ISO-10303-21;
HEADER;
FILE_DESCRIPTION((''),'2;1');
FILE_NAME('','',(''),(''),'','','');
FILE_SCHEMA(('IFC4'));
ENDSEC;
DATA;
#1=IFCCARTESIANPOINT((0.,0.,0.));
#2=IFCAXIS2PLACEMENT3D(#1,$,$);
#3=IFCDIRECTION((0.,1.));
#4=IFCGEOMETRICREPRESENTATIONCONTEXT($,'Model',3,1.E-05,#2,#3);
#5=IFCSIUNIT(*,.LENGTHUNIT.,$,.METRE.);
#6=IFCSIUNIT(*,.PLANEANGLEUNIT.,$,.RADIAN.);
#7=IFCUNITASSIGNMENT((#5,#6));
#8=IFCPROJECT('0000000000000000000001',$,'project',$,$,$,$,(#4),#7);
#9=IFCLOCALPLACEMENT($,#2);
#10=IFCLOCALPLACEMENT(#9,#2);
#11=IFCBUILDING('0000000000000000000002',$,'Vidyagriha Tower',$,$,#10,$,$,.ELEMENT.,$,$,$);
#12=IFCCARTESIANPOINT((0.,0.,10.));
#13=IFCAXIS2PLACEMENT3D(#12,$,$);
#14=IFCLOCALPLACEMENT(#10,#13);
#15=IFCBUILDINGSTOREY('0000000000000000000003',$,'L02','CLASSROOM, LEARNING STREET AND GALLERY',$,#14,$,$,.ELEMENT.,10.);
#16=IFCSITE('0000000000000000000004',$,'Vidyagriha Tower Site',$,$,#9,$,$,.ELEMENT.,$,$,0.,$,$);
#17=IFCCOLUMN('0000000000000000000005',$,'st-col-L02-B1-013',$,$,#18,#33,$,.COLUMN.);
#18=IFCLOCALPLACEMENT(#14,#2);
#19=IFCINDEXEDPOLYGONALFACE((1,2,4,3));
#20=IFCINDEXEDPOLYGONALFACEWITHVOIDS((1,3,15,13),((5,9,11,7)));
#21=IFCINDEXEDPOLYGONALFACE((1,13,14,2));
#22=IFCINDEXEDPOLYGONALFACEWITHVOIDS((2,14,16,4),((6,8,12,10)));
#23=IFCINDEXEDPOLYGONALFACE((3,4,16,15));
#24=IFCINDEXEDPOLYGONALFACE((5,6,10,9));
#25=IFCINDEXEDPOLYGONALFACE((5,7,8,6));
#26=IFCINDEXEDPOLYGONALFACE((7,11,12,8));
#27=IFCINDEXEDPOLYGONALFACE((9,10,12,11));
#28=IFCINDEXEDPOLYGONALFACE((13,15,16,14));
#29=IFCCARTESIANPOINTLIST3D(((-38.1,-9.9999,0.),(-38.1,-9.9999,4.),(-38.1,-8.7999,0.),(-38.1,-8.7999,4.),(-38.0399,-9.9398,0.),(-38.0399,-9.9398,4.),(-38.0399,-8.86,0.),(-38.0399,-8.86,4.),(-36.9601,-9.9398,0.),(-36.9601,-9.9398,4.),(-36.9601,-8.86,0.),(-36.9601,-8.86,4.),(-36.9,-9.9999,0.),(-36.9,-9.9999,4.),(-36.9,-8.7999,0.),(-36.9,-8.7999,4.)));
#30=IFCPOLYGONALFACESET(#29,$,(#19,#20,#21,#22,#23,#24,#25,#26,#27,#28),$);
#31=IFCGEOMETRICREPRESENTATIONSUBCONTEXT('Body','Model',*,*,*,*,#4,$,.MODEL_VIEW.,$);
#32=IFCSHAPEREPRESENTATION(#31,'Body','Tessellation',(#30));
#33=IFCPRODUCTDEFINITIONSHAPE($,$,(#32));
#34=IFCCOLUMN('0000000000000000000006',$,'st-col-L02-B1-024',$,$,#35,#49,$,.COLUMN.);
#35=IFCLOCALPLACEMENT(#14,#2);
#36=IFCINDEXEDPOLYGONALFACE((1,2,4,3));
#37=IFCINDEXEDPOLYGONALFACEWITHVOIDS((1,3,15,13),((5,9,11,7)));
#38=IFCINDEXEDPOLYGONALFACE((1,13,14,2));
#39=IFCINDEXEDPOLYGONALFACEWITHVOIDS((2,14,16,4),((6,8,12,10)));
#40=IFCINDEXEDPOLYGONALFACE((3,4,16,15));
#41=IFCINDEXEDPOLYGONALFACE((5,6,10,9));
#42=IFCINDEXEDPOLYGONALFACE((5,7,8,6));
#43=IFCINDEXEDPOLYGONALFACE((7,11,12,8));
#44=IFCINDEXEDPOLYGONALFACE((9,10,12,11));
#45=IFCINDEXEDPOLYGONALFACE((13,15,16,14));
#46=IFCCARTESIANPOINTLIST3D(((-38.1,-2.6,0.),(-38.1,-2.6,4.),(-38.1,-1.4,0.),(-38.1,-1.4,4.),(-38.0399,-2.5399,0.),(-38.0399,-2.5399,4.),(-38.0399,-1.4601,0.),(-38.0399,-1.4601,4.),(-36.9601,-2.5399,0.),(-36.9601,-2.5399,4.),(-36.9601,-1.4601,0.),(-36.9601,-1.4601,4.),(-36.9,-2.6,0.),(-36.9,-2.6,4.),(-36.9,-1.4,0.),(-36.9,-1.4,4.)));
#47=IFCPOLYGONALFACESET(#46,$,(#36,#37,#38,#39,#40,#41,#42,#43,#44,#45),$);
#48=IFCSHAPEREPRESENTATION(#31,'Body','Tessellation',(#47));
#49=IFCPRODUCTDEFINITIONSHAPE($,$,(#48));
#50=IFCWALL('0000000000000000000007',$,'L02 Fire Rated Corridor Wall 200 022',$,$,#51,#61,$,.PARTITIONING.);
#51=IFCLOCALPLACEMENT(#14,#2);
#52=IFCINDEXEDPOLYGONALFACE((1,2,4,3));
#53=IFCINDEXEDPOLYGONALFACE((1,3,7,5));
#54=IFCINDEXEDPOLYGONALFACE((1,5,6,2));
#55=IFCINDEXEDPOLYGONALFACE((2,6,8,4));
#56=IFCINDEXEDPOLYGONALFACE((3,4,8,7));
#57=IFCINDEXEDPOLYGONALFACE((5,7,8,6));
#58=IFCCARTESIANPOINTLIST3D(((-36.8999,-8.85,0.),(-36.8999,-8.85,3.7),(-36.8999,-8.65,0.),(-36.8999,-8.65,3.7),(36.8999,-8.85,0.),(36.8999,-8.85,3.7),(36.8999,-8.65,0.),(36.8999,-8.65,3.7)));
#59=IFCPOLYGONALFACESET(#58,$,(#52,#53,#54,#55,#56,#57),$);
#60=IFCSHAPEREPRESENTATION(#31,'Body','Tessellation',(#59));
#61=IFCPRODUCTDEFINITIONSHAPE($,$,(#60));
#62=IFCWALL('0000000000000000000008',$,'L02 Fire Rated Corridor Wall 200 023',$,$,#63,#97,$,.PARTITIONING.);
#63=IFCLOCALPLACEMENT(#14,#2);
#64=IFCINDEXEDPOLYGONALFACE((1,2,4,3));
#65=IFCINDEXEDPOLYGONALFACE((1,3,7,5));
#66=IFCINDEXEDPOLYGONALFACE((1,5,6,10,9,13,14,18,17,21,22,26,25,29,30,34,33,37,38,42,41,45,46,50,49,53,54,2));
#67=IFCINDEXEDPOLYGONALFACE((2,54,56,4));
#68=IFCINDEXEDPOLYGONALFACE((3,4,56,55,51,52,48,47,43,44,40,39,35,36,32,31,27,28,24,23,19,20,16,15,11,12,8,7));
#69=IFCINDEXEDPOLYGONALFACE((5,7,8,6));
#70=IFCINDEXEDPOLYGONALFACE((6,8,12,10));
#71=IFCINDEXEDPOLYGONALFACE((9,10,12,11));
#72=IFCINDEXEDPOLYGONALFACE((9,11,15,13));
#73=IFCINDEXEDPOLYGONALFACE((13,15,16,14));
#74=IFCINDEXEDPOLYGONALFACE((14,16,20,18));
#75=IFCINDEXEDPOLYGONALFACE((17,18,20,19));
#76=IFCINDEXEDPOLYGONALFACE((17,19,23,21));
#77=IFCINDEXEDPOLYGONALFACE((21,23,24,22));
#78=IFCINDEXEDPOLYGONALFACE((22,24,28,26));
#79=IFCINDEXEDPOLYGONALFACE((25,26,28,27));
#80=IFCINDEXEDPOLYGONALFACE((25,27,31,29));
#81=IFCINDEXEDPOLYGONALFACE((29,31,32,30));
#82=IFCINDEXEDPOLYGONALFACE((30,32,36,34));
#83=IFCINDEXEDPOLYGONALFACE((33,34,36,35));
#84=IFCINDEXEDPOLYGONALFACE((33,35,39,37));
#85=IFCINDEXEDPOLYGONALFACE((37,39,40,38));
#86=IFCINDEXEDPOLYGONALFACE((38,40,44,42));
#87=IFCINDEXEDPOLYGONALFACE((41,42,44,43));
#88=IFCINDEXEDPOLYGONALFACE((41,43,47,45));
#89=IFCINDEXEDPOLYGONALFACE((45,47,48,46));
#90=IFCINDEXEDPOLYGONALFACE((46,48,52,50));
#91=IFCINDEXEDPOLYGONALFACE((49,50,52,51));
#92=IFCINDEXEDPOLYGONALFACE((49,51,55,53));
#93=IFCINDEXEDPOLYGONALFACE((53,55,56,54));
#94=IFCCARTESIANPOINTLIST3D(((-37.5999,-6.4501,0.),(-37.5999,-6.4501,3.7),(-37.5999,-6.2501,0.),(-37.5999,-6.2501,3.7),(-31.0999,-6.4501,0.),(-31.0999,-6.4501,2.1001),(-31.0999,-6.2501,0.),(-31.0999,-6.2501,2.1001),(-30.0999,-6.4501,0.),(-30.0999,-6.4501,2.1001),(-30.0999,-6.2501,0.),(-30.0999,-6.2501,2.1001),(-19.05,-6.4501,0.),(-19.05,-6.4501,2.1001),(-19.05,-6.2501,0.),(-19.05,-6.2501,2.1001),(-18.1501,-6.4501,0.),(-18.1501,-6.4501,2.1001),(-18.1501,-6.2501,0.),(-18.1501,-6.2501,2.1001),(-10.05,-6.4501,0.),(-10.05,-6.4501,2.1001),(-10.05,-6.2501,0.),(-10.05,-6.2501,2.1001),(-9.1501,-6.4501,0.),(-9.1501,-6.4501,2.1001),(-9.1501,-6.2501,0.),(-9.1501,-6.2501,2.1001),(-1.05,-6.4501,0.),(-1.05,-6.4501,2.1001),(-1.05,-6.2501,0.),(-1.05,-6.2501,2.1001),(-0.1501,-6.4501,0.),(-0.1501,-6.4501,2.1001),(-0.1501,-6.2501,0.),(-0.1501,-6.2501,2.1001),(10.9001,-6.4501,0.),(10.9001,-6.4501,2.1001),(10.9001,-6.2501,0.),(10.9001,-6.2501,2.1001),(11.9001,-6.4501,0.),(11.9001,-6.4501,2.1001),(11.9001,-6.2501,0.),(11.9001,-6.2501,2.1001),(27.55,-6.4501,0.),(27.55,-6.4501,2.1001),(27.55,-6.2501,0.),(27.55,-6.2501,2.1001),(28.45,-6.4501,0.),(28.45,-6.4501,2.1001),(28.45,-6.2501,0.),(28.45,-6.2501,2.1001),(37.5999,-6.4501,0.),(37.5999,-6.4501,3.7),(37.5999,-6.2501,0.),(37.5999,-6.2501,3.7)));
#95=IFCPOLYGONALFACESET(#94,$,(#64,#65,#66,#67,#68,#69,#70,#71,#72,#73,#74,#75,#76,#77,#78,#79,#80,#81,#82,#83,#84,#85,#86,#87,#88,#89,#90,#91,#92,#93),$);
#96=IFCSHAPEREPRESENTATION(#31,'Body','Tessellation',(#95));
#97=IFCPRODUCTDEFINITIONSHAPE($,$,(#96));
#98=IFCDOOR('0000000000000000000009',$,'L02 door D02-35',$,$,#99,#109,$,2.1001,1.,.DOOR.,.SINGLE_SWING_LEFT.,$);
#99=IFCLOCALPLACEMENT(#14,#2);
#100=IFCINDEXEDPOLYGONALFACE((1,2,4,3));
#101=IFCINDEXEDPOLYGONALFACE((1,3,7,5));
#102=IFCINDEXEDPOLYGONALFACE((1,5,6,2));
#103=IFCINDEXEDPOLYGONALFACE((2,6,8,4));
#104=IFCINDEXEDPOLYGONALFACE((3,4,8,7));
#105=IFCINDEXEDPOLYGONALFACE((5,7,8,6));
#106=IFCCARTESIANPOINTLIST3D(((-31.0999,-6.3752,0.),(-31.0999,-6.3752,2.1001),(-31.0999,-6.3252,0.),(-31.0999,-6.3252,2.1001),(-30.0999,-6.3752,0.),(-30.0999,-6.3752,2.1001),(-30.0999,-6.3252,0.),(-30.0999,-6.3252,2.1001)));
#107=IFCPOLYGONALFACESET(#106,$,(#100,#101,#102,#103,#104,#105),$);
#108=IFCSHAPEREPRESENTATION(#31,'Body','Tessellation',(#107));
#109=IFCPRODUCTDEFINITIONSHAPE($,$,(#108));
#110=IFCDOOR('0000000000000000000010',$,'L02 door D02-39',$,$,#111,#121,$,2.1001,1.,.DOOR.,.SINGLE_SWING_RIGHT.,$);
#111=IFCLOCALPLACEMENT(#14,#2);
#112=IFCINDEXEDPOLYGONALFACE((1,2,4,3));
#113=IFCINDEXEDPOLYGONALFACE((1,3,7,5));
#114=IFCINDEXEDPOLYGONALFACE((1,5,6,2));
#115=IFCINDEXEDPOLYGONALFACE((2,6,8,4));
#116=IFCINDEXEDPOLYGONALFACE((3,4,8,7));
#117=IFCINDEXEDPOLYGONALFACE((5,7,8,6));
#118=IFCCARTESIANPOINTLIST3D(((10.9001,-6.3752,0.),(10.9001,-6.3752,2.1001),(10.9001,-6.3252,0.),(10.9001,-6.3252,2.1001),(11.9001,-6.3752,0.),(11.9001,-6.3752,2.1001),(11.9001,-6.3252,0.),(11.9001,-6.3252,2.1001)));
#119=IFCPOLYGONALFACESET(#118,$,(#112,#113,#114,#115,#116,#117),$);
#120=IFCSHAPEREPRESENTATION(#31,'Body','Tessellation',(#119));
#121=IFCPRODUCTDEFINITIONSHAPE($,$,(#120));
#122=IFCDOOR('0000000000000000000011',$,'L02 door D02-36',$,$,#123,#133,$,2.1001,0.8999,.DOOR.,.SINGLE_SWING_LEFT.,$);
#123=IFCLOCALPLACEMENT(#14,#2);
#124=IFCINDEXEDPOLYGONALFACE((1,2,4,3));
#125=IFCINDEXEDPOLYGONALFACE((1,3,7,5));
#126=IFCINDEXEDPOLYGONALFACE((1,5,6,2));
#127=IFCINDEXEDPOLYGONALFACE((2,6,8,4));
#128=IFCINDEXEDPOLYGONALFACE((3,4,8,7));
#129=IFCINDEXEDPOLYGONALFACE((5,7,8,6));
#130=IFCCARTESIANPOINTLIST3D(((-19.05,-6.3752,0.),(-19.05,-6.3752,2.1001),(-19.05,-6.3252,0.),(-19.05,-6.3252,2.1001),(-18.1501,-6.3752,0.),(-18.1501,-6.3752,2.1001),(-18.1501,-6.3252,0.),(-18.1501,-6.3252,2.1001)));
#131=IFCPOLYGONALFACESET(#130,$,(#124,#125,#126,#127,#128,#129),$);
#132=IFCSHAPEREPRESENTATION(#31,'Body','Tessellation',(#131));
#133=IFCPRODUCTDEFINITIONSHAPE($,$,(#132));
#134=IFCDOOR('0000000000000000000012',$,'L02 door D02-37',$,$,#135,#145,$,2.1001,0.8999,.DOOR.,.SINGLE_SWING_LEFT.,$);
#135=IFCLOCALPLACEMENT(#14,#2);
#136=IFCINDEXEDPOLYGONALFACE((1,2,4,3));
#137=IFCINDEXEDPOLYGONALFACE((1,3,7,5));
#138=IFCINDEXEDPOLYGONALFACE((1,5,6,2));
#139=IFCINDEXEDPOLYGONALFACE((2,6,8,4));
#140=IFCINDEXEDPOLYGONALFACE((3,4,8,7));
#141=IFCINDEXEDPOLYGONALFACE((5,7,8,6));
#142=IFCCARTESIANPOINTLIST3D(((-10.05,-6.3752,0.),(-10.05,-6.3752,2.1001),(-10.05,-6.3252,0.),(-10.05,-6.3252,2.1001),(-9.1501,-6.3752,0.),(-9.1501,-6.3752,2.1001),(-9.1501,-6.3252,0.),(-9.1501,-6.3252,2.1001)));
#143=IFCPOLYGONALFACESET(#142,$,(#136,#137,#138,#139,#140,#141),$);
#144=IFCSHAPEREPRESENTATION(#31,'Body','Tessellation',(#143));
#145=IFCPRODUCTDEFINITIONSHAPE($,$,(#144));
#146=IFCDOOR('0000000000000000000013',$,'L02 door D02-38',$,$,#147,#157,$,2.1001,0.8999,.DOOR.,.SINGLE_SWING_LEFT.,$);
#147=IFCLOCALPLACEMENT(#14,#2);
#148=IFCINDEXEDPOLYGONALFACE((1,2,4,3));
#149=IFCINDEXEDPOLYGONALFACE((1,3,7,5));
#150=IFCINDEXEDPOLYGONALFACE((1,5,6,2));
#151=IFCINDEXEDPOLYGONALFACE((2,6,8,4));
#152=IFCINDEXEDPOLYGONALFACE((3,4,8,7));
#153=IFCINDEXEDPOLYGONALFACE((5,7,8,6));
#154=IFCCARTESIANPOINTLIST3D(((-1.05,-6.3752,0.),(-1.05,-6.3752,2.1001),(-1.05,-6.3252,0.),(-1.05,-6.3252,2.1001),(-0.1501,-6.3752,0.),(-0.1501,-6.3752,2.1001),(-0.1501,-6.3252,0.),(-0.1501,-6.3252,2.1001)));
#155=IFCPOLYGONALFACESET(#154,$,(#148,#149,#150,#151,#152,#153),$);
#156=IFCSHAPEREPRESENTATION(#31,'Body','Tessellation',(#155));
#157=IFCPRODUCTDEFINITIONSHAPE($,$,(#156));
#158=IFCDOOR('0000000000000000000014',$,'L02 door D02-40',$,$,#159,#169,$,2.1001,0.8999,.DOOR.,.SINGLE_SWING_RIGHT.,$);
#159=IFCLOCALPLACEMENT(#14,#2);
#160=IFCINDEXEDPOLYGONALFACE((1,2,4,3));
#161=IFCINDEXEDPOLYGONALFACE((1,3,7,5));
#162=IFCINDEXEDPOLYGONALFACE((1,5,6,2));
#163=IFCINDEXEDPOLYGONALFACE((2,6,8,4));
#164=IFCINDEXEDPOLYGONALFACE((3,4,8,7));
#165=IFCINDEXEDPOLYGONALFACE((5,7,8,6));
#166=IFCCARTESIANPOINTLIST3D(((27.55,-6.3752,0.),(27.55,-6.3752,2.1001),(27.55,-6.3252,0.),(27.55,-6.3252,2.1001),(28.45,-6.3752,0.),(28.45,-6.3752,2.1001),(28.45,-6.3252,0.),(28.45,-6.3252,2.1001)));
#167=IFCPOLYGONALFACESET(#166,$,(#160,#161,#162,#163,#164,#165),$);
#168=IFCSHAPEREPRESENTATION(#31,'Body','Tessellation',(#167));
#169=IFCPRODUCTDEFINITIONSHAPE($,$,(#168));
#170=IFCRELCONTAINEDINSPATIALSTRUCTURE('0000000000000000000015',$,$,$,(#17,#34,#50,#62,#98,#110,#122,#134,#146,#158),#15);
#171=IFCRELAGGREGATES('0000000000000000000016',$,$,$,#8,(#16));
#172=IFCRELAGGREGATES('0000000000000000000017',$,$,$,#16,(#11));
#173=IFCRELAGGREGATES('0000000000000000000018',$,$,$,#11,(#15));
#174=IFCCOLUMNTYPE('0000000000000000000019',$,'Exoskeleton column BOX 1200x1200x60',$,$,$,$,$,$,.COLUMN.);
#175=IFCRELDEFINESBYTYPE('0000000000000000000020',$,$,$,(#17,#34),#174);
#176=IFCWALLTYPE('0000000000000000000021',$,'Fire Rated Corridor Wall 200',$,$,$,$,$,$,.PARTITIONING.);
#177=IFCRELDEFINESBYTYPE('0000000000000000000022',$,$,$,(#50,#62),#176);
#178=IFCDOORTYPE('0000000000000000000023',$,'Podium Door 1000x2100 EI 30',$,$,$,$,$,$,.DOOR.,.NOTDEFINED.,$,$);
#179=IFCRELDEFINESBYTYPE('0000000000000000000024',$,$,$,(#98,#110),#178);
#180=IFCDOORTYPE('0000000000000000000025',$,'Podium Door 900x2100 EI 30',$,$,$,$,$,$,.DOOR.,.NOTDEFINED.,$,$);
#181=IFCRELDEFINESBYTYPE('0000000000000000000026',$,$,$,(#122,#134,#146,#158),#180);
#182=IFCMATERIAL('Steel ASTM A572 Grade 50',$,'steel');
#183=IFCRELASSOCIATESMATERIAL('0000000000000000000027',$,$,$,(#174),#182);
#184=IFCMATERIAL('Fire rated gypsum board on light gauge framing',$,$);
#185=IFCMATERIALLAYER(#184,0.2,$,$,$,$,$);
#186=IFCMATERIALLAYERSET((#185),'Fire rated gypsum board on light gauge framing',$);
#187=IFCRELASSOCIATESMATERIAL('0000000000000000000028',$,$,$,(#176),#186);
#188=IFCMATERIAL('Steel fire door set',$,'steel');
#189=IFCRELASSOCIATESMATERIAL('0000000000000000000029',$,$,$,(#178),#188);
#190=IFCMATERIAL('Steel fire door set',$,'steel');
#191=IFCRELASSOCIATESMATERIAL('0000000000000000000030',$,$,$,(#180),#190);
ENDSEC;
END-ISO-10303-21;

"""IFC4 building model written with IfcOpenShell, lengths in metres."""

from ifc_helpers import new_model, si_unit, direction, frame, frame_2d, origin, origin_2d, place, context, subcontext, project, spatial, rectangle, hollow_rectangle, extrude, material, layer, layer_set, material_profile, profile_set, type_object, element, fill, save


model = new_model("IFC4")

# Units and contexts
model_context = context("Model", 3, precision=1e-05, world=origin(), true_north=direction((0.0, 1.0)))
body_context = subcontext(model_context, "Body", "Model", "MODEL_VIEW")
ifc_project = project(units=[si_unit("LENGTHUNIT", "METRE"), si_unit("PLANEANGLEUNIT", "RADIAN")], contexts=[model_context])

# Site, building, storey
site_placement = place(None, origin())
site = spatial("IfcSite", under=ifc_project, at=site_placement, Name="Vidyagriha Tower Site", CompositionType="ELEMENT", RefElevation=0.0)
building_placement = place(site_placement, origin())
building = spatial("IfcBuilding", under=site, at=building_placement, Name="Vidyagriha Tower", CompositionType="ELEMENT")
storey_placement = place(building_placement, frame((0.0, 0.0, 10.0)))
storey = spatial("IfcBuildingStorey", under=building, at=storey_placement, Name="L02", Description="CLASSROOM, LEARNING STREET AND GALLERY", CompositionType="ELEMENT", Elevation=10.0)

# Columns
ifc_material_1 = material(Name="Steel ASTM A572 Grade 50", Category="steel")
ifc_material_profile = material_profile(ifc_material_1, hollow_rectangle(XDim=1.2, YDim=1.2, WallThickness=0.0601, at=origin_2d()), Name="BOX 1200x1200x60")
ifc_profile_set = profile_set([ifc_material_profile], Name="Steel ASTM A572 Grade 50")
column_type = type_object("IfcColumnType", Name="Exoskeleton column BOX 1200x1200x60", PredefinedType="COLUMN", material=ifc_profile_set)
for number, where, name in (
    (1, (-37.5, -9.3999, 0.0), "st-col-L02-B1-013"),
    (2, (-37.5, -2.0, 0.0), "st-col-L02-B1-024"),
):
    element("IfcColumn", number, at=place(storey_placement, frame(where)), inside=storey, type_object=column_type, Name=name, PredefinedType="COLUMN", context=body_context, shape_type="SweptSolid", body=[
        extrude(hollow_rectangle(XDim=1.2, YDim=1.2, WallThickness=0.0601, at=origin_2d()), origin(), (0.0, 0.0, 1.0), 4.0),
    ])

# Wall
ifc_material_2 = material(Name="Fire rated gypsum board on light gauge framing")
ifc_layer_1 = layer(ifc_material_2, 0.2)
ifc_layer_set_1 = layer_set([ifc_layer_1], Name="Fire rated gypsum board on light gauge framing")
wall_type = type_object("IfcWallType", Name="Fire Rated Corridor Wall 200", PredefinedType="PARTITIONING", material=ifc_layer_set_1)
wall_1_placement = place(storey_placement, frame((-36.8999, -8.75, 0.0)))
element("IfcWall", 3, at=wall_1_placement, inside=storey, type_object=wall_type, Name="L02 Fire Rated Corridor Wall 200 022", PredefinedType="PARTITIONING", context=body_context, shape_type="SweptSolid", body=[
    extrude(rectangle(XDim=73.7998, YDim=0.2, at=frame_2d((36.8999, 0.0))), origin(), (0.0, 0.0, 1.0), 3.7),
])

# Wall, openings, doors
wall_2_placement = place(storey_placement, frame((-37.5999, -6.3501, 0.0)))
wall_2 = element("IfcWall", 4, at=wall_2_placement, inside=storey, type_object=wall_type, Name="L02 Fire Rated Corridor Wall 200 023", PredefinedType="PARTITIONING", context=body_context, shape_type="SweptSolid", body=[
    extrude(rectangle(XDim=75.1997, YDim=0.2, at=frame_2d((37.5999, 0.0))), origin(), (0.0, 0.0, 1.0), 3.7),
])
opening_1_placement = place(wall_2_placement, frame((6.5, 0.0, 0.0)))
opening_1 = element("IfcOpeningElement", 5, at=opening_1_placement, cuts=wall_2, PredefinedType="OPENING", context=body_context, shape_type="SweptSolid", body=[
    extrude(rectangle(XDim=1.0, YDim=2.1001, at=frame_2d((0.5, 1.05))), frame((0.0, 0.1099, 0.0), z_axis=(0.0, -1.0, 0.0), x_axis=(1.0, 0.0, 0.0)), (0.0, 0.0, 1.0), 0.22),
])
opening_2_placement = place(wall_2_placement, frame((18.5498, 0.0, 0.0)))
opening_2 = element("IfcOpeningElement", 6, at=opening_2_placement, cuts=wall_2, PredefinedType="OPENING", context=body_context, shape_type="SweptSolid", body=[
    extrude(rectangle(XDim=0.8999, YDim=2.1001, at=frame_2d((0.45, 1.05))), frame((0.0, 0.1099, 0.0), z_axis=(0.0, -1.0, 0.0), x_axis=(1.0, 0.0, 0.0)), (0.0, 0.0, 1.0), 0.22),
])
opening_3_placement = place(wall_2_placement, frame((27.5498, 0.0, 0.0)))
opening_3 = element("IfcOpeningElement", 7, at=opening_3_placement, cuts=wall_2, PredefinedType="OPENING", context=body_context, shape_type="SweptSolid", body=[
    extrude(rectangle(XDim=0.8999, YDim=2.1001, at=frame_2d((0.45, 1.05))), frame((0.0, 0.1099, 0.0), z_axis=(0.0, -1.0, 0.0), x_axis=(1.0, 0.0, 0.0)), (0.0, 0.0, 1.0), 0.22),
])
opening_4_placement = place(wall_2_placement, frame((36.5498, 0.0, 0.0)))
opening_4 = element("IfcOpeningElement", 8, at=opening_4_placement, cuts=wall_2, PredefinedType="OPENING", context=body_context, shape_type="SweptSolid", body=[
    extrude(rectangle(XDim=0.8999, YDim=2.1001, at=frame_2d((0.45, 1.05))), frame((0.0, 0.1099, 0.0), z_axis=(0.0, -1.0, 0.0), x_axis=(1.0, 0.0, 0.0)), (0.0, 0.0, 1.0), 0.22),
])
opening_5_placement = place(wall_2_placement, frame((48.5, 0.0, 0.0)))
opening_5 = element("IfcOpeningElement", 9, at=opening_5_placement, cuts=wall_2, PredefinedType="OPENING", context=body_context, shape_type="SweptSolid", body=[
    extrude(rectangle(XDim=1.0, YDim=2.1001, at=frame_2d((0.5, 1.05))), frame((0.0, 0.1099, 0.0), z_axis=(0.0, -1.0, 0.0), x_axis=(1.0, 0.0, 0.0)), (0.0, 0.0, 1.0), 0.22),
])
opening_6_placement = place(wall_2_placement, frame((65.1499, 0.0, 0.0)))
opening_6 = element("IfcOpeningElement", 10, at=opening_6_placement, cuts=wall_2, PredefinedType="OPENING", context=body_context, shape_type="SweptSolid", body=[
    extrude(rectangle(XDim=0.8999, YDim=2.1001, at=frame_2d((0.45, 1.05))), frame((0.0, 0.1099, 0.0), z_axis=(0.0, -1.0, 0.0), x_axis=(1.0, 0.0, 0.0)), (0.0, 0.0, 1.0), 0.22),
])
ifc_material_3 = material(Name="Steel fire door set", Category="steel")
door_type_1 = type_object("IfcDoorType", Name="Podium Door 1000x2100 EI 30", OperationType="NOTDEFINED", PredefinedType="DOOR", material=ifc_material_3)
door_1_placement = place(opening_1_placement, origin())
door_1 = element("IfcDoor", 11, at=door_1_placement, inside=storey, type_object=door_type_1, Name="L02 door D02-35", OperationType="SINGLE_SWING_LEFT", OverallHeight=2.1001, OverallWidth=1.0, PredefinedType="DOOR", context=body_context, shape_type="SweptSolid", body=[
    extrude(rectangle(XDim=1.0, YDim=2.1001, at=frame_2d((0.5, 1.05))), frame((0.0, 0.0249, 0.0), z_axis=(0.0, -1.0, 0.0), x_axis=(1.0, 0.0, 0.0)), (0.0, 0.0, 1.0), 0.05),
])
fill(opening_1, door_1)
door_2_placement = place(opening_5_placement, origin())
door_2 = element("IfcDoor", 12, at=door_2_placement, inside=storey, type_object=door_type_1, Name="L02 door D02-39", OperationType="SINGLE_SWING_RIGHT", OverallHeight=2.1001, OverallWidth=1.0, PredefinedType="DOOR", context=body_context, shape_type="SweptSolid", body=[
    extrude(rectangle(XDim=1.0, YDim=2.1001, at=frame_2d((0.5, 1.05))), frame((0.0, 0.0249, 0.0), z_axis=(0.0, -1.0, 0.0), x_axis=(1.0, 0.0, 0.0)), (0.0, 0.0, 1.0), 0.05),
])
fill(opening_5, door_2)
ifc_material_4 = material(Name="Steel fire door set", Category="steel")
door_type_2 = type_object("IfcDoorType", Name="Podium Door 900x2100 EI 30", OperationType="NOTDEFINED", PredefinedType="DOOR", material=ifc_material_4)
door_3_placement = place(opening_2_placement, origin())
door_3 = element("IfcDoor", 13, at=door_3_placement, inside=storey, type_object=door_type_2, Name="L02 door D02-36", OperationType="SINGLE_SWING_LEFT", OverallHeight=2.1001, OverallWidth=0.8999, PredefinedType="DOOR", context=body_context, shape_type="SweptSolid", body=[
    extrude(rectangle(XDim=0.8999, YDim=2.1001, at=frame_2d((0.45, 1.05))), frame((0.0, 0.0249, 0.0), z_axis=(0.0, -1.0, 0.0), x_axis=(1.0, 0.0, 0.0)), (0.0, 0.0, 1.0), 0.05),
])
fill(opening_2, door_3)
door_4_placement = place(opening_3_placement, origin())
door_4 = element("IfcDoor", 14, at=door_4_placement, inside=storey, type_object=door_type_2, Name="L02 door D02-37", OperationType="SINGLE_SWING_LEFT", OverallHeight=2.1001, OverallWidth=0.8999, PredefinedType="DOOR", context=body_context, shape_type="SweptSolid", body=[
    extrude(rectangle(XDim=0.8999, YDim=2.1001, at=frame_2d((0.45, 1.05))), frame((0.0, 0.0249, 0.0), z_axis=(0.0, -1.0, 0.0), x_axis=(1.0, 0.0, 0.0)), (0.0, 0.0, 1.0), 0.05),
])
fill(opening_3, door_4)
door_5_placement = place(opening_4_placement, origin())
door_5 = element("IfcDoor", 15, at=door_5_placement, inside=storey, type_object=door_type_2, Name="L02 door D02-38", OperationType="SINGLE_SWING_LEFT", OverallHeight=2.1001, OverallWidth=0.8999, PredefinedType="DOOR", context=body_context, shape_type="SweptSolid", body=[
    extrude(rectangle(XDim=0.8999, YDim=2.1001, at=frame_2d((0.45, 1.05))), frame((0.0, 0.0249, 0.0), z_axis=(0.0, -1.0, 0.0), x_axis=(1.0, 0.0, 0.0)), (0.0, 0.0, 1.0), 0.05),
])
fill(opening_4, door_5)
door_6_placement = place(opening_6_placement, origin())
door_6 = element("IfcDoor", 16, at=door_6_placement, inside=storey, type_object=door_type_2, Name="L02 door D02-40", OperationType="SINGLE_SWING_RIGHT", OverallHeight=2.1001, OverallWidth=0.8999, PredefinedType="DOOR", context=body_context, shape_type="SweptSolid", body=[
    extrude(rectangle(XDim=0.8999, YDim=2.1001, at=frame_2d((0.45, 1.05))), frame((0.0, 0.0249, 0.0), z_axis=(0.0, -1.0, 0.0), x_axis=(1.0, 0.0, 0.0)), (0.0, 0.0, 1.0), 0.05),
])
fill(opening_6, door_6)

save(model, "model.ifc")
